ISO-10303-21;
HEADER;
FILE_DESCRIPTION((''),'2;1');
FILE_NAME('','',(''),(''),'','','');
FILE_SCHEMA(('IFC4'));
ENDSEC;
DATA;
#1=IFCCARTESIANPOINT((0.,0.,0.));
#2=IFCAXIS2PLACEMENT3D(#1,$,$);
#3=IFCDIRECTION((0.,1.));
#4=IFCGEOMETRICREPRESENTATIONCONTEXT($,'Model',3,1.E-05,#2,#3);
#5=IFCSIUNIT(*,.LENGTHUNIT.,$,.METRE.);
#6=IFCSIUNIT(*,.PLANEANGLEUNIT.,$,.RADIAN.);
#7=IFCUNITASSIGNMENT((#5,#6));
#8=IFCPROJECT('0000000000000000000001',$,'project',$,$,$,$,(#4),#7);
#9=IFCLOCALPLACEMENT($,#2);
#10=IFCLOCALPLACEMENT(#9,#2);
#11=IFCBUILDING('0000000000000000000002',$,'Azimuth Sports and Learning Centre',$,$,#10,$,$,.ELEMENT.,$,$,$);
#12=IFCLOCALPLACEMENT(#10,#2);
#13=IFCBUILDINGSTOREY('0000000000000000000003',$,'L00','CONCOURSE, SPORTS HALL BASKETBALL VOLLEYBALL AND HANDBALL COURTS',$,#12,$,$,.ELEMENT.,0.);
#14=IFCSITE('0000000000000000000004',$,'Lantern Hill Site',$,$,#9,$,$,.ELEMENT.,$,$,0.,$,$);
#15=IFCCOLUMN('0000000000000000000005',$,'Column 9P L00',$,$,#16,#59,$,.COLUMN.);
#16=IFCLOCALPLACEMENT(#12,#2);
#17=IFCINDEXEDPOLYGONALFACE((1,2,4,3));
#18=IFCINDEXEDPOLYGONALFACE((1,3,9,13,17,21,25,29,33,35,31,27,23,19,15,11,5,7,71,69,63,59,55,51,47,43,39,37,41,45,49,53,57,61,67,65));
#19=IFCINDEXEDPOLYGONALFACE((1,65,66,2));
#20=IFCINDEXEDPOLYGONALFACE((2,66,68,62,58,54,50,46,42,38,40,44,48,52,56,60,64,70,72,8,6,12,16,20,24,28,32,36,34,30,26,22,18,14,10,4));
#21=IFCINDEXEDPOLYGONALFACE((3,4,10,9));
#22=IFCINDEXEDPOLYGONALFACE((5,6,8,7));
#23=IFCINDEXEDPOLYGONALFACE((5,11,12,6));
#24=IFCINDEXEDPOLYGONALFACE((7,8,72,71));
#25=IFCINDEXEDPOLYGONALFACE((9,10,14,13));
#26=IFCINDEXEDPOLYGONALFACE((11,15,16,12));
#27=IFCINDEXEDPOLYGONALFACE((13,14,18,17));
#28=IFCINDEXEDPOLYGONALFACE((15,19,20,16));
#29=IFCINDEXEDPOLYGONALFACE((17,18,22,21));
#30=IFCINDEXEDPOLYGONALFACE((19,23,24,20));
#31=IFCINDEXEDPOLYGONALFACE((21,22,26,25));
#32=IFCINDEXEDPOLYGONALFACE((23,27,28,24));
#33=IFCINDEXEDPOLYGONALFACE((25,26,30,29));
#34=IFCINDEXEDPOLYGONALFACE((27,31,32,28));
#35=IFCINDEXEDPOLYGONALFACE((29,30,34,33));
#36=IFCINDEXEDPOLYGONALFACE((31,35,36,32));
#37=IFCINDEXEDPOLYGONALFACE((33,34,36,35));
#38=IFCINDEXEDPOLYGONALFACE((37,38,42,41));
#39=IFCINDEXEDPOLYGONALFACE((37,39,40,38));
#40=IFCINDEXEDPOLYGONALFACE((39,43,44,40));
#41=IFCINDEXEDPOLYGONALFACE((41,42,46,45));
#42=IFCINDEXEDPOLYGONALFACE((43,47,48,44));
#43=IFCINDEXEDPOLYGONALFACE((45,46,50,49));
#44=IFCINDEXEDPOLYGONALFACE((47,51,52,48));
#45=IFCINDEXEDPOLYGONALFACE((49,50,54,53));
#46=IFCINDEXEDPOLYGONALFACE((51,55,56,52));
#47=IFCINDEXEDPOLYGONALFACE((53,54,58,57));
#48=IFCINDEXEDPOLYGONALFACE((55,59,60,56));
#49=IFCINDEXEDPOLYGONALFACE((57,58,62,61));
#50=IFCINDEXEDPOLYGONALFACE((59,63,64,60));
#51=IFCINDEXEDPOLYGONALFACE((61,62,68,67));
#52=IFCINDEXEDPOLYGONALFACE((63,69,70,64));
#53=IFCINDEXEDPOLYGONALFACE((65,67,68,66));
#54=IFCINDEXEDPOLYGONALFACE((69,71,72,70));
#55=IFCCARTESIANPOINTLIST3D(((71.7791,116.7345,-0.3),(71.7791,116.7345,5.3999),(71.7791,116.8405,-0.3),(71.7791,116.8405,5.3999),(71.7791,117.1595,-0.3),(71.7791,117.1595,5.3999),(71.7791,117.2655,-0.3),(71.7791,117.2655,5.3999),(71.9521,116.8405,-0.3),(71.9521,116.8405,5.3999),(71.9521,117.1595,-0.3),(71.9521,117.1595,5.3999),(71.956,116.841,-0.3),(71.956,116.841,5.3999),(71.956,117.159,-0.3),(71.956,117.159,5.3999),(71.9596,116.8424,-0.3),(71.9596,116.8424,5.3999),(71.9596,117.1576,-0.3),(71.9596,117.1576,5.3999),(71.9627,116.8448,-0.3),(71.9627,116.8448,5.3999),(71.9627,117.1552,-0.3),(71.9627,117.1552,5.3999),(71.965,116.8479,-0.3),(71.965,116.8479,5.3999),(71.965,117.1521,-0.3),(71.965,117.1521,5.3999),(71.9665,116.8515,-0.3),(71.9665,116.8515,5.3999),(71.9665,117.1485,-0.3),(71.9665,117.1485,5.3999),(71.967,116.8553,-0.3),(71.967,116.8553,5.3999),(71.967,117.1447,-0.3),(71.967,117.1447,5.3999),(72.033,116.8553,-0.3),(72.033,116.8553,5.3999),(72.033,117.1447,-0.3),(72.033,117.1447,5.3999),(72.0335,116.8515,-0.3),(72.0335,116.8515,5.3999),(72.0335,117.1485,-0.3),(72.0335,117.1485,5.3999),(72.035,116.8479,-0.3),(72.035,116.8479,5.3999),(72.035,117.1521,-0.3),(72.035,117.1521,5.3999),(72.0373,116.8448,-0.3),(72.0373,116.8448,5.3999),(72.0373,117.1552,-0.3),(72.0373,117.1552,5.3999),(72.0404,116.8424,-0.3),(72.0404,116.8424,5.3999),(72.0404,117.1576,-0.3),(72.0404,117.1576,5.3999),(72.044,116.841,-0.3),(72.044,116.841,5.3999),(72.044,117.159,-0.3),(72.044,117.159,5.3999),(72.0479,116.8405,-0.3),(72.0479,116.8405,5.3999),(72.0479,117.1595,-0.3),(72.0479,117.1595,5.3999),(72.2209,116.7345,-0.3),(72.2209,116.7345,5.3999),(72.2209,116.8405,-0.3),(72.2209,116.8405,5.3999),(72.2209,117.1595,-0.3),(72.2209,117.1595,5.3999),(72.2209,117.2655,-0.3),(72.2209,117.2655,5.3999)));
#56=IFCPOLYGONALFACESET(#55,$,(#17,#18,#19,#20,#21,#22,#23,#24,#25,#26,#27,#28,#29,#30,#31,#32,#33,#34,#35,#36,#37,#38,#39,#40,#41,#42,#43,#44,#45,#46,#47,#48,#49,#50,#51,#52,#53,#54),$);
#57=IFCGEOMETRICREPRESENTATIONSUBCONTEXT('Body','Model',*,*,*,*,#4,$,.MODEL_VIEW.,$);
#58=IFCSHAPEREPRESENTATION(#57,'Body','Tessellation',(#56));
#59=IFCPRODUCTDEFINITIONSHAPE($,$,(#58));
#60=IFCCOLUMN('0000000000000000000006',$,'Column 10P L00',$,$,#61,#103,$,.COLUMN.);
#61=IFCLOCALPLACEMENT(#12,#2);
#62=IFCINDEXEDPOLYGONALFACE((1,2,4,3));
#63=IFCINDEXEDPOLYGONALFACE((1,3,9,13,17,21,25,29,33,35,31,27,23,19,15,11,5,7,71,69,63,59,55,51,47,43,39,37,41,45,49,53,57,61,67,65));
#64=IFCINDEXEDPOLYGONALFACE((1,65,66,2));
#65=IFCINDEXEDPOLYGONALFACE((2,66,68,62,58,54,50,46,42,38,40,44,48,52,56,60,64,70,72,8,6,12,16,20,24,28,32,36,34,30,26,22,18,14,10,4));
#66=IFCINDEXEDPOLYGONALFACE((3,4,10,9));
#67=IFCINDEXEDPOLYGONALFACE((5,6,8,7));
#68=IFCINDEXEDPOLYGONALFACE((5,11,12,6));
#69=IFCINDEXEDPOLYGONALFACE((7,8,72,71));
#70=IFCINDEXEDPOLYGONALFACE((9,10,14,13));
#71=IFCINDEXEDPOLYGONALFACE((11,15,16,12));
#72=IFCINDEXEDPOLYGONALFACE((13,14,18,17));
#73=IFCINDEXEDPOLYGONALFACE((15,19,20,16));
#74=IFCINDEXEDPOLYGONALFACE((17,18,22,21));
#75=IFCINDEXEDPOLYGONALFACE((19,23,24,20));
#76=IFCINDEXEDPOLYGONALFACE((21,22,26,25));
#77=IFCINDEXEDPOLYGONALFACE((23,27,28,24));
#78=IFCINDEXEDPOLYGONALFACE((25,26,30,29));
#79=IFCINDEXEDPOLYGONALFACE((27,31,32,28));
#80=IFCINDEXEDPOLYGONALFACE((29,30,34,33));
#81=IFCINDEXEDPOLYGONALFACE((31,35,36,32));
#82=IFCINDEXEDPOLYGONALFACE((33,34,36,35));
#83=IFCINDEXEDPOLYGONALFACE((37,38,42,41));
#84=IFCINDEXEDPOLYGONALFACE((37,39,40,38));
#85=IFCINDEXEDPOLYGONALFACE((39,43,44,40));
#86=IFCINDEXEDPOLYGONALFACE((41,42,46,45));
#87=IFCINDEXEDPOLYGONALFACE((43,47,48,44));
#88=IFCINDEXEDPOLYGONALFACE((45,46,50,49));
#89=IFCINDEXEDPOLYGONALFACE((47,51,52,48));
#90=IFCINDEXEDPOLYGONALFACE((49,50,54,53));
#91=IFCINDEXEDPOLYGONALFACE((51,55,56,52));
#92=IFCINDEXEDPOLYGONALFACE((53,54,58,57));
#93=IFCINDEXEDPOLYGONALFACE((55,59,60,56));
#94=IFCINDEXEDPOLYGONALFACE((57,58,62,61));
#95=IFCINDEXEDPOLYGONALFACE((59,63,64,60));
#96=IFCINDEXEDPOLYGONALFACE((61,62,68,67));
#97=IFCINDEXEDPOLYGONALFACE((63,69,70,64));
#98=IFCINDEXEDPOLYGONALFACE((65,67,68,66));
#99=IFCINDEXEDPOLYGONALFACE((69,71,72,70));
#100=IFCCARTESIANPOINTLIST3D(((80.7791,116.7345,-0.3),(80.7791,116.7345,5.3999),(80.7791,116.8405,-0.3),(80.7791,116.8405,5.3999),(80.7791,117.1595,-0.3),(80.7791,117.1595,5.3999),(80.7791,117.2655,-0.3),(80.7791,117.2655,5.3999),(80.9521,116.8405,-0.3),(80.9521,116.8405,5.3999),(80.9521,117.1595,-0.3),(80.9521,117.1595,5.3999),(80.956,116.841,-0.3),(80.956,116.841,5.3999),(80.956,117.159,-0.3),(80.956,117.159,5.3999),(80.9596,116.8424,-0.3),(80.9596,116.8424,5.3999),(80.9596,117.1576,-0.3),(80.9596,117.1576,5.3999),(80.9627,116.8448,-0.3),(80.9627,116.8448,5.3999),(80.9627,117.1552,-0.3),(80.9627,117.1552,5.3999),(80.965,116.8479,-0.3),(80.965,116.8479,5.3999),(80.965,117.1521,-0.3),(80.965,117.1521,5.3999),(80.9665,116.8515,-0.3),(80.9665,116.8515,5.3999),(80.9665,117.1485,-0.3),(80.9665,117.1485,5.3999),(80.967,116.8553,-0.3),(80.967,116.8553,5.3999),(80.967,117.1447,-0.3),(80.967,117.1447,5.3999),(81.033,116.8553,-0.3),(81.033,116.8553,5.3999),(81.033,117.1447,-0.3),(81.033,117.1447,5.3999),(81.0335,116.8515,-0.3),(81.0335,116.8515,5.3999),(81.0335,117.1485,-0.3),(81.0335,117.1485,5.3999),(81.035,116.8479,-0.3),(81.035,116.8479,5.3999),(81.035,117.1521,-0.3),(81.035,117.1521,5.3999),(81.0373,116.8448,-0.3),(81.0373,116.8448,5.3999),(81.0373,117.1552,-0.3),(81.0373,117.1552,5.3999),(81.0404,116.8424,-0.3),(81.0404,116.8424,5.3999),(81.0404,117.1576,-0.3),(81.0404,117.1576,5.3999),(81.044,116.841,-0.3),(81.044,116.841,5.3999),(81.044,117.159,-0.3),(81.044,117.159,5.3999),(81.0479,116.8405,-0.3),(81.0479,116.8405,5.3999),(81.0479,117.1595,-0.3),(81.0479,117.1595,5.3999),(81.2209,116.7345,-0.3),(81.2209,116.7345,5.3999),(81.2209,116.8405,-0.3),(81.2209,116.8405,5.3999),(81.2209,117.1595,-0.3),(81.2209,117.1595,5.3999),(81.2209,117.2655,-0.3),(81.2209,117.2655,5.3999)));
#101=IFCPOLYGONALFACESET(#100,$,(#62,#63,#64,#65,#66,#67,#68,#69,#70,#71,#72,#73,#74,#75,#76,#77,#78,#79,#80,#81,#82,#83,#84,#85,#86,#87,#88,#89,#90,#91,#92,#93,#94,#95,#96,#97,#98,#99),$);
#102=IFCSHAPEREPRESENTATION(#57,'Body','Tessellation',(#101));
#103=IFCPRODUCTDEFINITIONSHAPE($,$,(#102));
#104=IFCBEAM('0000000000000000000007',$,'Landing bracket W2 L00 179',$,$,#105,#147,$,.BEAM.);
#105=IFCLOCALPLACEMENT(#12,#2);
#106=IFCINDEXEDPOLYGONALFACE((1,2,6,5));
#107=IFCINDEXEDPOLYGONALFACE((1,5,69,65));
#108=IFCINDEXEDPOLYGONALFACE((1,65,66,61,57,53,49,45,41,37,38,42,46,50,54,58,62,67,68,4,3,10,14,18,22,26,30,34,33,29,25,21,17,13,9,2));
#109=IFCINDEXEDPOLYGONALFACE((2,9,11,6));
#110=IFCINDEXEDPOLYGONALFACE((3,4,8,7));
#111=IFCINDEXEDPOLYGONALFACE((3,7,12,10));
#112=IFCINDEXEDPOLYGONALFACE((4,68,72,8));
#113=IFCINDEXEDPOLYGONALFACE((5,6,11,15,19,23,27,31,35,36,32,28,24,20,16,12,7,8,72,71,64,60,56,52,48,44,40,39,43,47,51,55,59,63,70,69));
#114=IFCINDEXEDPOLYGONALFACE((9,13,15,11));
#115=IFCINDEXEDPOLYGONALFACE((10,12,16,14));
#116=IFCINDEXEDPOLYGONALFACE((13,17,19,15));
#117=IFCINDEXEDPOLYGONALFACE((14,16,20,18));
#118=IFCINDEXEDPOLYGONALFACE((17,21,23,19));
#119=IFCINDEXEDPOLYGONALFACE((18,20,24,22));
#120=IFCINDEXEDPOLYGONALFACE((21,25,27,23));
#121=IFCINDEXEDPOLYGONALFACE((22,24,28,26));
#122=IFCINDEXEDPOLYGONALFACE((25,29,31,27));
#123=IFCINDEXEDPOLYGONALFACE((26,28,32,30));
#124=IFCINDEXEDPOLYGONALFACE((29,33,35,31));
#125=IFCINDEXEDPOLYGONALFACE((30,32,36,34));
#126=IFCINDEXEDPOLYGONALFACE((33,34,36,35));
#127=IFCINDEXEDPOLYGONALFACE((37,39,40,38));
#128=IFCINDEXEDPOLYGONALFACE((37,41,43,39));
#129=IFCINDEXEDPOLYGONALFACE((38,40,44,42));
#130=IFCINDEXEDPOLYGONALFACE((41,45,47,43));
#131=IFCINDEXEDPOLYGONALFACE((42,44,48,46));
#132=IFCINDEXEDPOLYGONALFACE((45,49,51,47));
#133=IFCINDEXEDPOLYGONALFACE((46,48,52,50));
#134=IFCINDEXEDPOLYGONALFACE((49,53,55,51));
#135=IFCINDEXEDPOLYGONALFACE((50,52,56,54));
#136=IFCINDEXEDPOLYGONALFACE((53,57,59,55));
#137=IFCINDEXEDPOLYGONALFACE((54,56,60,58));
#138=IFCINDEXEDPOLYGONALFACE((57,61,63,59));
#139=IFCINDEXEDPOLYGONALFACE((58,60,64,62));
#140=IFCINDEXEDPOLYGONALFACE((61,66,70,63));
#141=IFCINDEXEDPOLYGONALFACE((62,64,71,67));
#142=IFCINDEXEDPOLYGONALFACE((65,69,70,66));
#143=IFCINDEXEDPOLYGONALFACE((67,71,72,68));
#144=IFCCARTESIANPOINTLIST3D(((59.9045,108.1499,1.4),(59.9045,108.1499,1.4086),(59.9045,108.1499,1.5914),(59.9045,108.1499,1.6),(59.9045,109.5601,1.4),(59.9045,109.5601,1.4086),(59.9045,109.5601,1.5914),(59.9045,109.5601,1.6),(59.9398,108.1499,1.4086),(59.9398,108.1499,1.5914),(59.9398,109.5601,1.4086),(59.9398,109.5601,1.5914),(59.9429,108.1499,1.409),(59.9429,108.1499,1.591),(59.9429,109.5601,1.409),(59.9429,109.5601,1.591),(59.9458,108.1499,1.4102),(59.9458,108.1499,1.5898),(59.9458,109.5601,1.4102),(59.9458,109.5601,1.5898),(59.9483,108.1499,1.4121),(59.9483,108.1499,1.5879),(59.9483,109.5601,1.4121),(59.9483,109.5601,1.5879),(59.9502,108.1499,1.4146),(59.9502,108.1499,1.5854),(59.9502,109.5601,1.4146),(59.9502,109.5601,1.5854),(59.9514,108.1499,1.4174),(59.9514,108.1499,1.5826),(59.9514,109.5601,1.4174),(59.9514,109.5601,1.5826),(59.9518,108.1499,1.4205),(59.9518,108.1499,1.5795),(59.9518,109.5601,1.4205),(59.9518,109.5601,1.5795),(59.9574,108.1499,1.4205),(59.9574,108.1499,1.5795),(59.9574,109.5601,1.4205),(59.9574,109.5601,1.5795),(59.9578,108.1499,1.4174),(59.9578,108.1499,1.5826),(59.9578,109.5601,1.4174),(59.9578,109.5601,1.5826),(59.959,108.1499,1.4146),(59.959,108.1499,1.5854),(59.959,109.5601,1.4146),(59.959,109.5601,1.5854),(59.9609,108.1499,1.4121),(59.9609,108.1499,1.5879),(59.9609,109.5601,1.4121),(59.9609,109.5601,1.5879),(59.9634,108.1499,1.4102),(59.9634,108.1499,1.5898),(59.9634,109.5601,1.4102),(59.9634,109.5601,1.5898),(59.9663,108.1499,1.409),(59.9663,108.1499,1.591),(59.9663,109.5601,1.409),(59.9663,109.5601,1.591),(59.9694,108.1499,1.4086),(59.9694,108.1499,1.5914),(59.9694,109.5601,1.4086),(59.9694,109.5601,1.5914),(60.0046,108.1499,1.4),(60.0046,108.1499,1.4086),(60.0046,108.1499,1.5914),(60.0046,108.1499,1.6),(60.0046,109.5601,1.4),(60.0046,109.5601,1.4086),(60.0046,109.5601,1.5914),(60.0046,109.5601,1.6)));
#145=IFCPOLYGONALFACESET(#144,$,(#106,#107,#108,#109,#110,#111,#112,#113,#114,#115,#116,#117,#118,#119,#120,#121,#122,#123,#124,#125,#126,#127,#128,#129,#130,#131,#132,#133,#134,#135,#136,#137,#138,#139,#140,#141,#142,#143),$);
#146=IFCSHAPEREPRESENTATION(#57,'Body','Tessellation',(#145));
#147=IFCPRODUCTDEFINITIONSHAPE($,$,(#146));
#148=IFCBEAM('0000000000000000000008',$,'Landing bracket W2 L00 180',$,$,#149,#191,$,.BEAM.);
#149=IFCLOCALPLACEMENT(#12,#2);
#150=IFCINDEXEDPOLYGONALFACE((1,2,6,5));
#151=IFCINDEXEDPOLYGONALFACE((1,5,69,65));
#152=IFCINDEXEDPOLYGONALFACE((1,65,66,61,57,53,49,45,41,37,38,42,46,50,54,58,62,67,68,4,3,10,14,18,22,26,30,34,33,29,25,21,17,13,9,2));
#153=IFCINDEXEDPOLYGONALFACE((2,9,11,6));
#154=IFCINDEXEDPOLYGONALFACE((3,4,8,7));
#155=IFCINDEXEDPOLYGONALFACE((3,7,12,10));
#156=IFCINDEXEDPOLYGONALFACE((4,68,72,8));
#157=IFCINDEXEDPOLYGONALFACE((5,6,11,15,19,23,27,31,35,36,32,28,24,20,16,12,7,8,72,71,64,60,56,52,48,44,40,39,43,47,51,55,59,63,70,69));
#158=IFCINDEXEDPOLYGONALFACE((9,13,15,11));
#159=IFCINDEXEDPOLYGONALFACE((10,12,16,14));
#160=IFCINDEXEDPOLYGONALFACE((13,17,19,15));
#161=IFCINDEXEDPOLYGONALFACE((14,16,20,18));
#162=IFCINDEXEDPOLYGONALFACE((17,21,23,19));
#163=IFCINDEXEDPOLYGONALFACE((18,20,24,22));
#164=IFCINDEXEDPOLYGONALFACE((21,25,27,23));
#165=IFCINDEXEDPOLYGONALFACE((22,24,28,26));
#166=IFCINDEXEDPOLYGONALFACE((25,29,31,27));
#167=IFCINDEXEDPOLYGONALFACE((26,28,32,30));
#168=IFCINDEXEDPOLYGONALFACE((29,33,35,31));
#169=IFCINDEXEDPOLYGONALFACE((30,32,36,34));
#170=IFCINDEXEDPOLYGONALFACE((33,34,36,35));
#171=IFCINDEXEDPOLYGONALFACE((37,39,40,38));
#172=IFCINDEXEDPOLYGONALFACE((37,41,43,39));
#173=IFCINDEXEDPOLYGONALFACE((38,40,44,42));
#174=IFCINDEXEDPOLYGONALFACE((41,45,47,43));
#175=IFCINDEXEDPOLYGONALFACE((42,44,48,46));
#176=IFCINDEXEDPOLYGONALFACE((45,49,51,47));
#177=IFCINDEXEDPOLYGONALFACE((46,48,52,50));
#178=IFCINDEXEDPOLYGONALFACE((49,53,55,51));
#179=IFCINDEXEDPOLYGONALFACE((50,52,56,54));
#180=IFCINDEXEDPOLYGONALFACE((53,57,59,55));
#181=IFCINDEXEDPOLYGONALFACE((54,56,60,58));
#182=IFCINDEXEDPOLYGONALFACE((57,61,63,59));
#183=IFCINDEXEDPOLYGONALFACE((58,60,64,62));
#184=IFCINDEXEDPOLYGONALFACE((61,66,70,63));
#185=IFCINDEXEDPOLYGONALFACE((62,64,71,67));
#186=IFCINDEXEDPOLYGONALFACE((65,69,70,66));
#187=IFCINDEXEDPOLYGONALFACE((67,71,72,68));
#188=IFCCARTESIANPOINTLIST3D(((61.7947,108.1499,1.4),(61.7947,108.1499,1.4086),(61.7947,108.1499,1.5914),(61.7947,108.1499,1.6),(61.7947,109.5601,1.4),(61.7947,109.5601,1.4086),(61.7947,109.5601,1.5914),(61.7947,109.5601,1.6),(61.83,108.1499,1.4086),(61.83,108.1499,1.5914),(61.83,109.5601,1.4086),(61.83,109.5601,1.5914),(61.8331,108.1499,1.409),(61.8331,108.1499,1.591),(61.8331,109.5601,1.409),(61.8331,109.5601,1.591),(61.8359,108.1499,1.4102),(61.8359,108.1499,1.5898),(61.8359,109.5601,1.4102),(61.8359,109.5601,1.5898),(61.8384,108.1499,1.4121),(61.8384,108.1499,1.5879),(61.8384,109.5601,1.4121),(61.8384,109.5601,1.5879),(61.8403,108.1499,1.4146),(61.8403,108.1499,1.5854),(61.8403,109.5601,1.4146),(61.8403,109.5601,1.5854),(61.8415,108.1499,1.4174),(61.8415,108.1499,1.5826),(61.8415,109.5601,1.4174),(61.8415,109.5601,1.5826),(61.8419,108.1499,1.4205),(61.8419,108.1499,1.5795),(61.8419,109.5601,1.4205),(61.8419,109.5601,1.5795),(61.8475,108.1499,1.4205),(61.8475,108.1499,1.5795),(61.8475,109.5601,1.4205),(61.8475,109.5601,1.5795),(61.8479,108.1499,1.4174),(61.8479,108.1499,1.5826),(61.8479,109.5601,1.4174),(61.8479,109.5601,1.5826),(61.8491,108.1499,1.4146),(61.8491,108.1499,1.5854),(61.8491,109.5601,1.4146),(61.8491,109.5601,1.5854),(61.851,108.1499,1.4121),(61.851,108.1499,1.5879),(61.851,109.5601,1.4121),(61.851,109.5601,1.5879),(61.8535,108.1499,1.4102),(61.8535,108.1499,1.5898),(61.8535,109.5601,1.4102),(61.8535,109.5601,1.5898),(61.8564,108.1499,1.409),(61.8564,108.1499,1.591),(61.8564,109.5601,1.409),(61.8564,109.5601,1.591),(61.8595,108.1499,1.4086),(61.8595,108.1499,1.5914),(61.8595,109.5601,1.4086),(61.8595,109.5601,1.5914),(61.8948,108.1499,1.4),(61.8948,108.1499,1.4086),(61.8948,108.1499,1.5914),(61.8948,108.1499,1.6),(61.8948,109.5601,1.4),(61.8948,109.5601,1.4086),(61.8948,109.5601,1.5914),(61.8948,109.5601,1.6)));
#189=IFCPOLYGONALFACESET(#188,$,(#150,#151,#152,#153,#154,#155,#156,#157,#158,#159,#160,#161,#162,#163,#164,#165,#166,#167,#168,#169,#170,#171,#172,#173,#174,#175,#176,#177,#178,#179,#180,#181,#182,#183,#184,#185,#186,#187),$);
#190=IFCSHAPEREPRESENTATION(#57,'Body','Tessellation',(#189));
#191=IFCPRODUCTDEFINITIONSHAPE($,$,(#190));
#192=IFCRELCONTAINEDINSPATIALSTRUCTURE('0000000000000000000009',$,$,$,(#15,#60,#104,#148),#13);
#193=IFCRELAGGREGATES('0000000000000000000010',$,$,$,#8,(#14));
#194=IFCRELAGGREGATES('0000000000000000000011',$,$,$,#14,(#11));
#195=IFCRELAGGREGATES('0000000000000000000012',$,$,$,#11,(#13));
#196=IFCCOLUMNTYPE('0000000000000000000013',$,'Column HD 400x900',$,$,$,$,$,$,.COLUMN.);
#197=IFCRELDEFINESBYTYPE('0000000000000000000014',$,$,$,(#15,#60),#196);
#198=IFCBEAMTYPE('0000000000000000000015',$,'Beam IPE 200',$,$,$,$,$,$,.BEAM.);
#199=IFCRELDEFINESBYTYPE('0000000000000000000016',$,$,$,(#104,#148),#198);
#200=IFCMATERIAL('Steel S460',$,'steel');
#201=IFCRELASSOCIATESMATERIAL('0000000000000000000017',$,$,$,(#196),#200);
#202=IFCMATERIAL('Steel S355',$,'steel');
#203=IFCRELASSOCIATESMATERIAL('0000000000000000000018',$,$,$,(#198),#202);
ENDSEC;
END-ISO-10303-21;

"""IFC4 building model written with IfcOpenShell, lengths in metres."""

from ifc_helpers import new_model, si_unit, direction, frame, origin, origin_2d, place, context, subcontext, project, spatial, i_section, extrude, material, material_profile, profile_set, type_object, element, save


model = new_model("IFC4")

# Units and contexts
model_context = context("Model", 3, precision=1e-05, world=origin(), true_north=direction((0.0, 1.0)))
body_context = subcontext(model_context, "Body", "Model", "MODEL_VIEW")
ifc_project = project(units=[si_unit("LENGTHUNIT", "METRE"), si_unit("PLANEANGLEUNIT", "RADIAN")], contexts=[model_context])

# Site, building, storey
site_placement = place(None, origin())
site = spatial("IfcSite", under=ifc_project, at=site_placement, Name="Lantern Hill Site", CompositionType="ELEMENT", RefElevation=0.0)
building_placement = place(site_placement, origin())
building = spatial("IfcBuilding", under=site, at=building_placement, Name="Azimuth Sports and Learning Centre", CompositionType="ELEMENT")
storey_placement = place(building_placement, origin())
storey = spatial("IfcBuildingStorey", under=building, at=storey_placement, Name="L00", Description="CONCOURSE, SPORTS HALL BASKETBALL VOLLEYBALL AND HANDBALL COURTS", CompositionType="ELEMENT", Elevation=0.0)

# Columns
ifc_material_1 = material(Name="Steel S460", Category="steel")
ifc_material_profile_1 = material_profile(ifc_material_1, i_section(OverallWidth=0.4419, OverallDepth=0.531, WebThickness=0.0659, FlangeThickness=0.106, FilletRadius=0.0149, at=origin_2d()), Name="HD 400x900")
ifc_profile_set_1 = profile_set([ifc_material_profile_1], Name="Steel S460")
column_type = type_object("IfcColumnType", Name="Column HD 400x900", PredefinedType="COLUMN", material=ifc_profile_set_1)
for number, where, z_axis, x_axis, name in (
    (1, (72.0, 117.0, -0.3), (0.0, 0.0, 1.0), (1.0, 0.0, 0.0), "Column 9P L00"),
    (2, (81.0, 117.0, -0.3), (0.0, 0.0, 1.0), (1.0, 0.0, 0.0), "Column 10P L00"),
):
    element("IfcColumn", number, at=place(storey_placement, frame(where, z_axis=z_axis, x_axis=x_axis)), inside=storey, type_object=column_type, Name=name, PredefinedType="COLUMN", context=body_context, shape_type="SweptSolid", body=[
        extrude(i_section(OverallWidth=0.4419, OverallDepth=0.531, WebThickness=0.0659, FlangeThickness=0.106, FilletRadius=0.0149, at=origin_2d()), origin(), (0.0, 0.0, 1.0), 5.7),
    ])

# Beams
ifc_material_2 = material(Name="Steel S355", Category="steel")
ifc_material_profile_2 = material_profile(ifc_material_2, i_section(OverallWidth=0.1001, OverallDepth=0.2, WebThickness=0.0056, FlangeThickness=0.0085, FilletRadius=0.012, at=origin_2d()), Name="IPE 200")
ifc_profile_set_2 = profile_set([ifc_material_profile_2], Name="Steel S355")
beam_type_1 = type_object("IfcBeamType", Name="Beam IPE 200", PredefinedType="BEAM", material=ifc_profile_set_2)
for number, where, z_axis, x_axis, name in (
    (3, (59.9546, 108.1499, 1.5), (0.0, 1.0, 0.0), (-1.0, 0.0, 0.0), "Landing bracket W2 L00 179"),
    (4, (61.8447, 108.1499, 1.5), (0.0, 1.0, 0.0), (-1.0, 0.0, 0.0), "Landing bracket W2 L00 180"),
):
    element("IfcBeam", number, at=place(storey_placement, frame(where, z_axis=z_axis, x_axis=x_axis)), inside=storey, type_object=beam_type_1, Name=name, PredefinedType="BEAM", context=body_context, shape_type="SweptSolid", body=[
        extrude(i_section(OverallWidth=0.1001, OverallDepth=0.2, WebThickness=0.0056, FlangeThickness=0.0085, FilletRadius=0.012, at=origin_2d()), origin(), (0.0, 0.0, 1.0), 1.4102),
    ])

save(model, "model.ifc")
